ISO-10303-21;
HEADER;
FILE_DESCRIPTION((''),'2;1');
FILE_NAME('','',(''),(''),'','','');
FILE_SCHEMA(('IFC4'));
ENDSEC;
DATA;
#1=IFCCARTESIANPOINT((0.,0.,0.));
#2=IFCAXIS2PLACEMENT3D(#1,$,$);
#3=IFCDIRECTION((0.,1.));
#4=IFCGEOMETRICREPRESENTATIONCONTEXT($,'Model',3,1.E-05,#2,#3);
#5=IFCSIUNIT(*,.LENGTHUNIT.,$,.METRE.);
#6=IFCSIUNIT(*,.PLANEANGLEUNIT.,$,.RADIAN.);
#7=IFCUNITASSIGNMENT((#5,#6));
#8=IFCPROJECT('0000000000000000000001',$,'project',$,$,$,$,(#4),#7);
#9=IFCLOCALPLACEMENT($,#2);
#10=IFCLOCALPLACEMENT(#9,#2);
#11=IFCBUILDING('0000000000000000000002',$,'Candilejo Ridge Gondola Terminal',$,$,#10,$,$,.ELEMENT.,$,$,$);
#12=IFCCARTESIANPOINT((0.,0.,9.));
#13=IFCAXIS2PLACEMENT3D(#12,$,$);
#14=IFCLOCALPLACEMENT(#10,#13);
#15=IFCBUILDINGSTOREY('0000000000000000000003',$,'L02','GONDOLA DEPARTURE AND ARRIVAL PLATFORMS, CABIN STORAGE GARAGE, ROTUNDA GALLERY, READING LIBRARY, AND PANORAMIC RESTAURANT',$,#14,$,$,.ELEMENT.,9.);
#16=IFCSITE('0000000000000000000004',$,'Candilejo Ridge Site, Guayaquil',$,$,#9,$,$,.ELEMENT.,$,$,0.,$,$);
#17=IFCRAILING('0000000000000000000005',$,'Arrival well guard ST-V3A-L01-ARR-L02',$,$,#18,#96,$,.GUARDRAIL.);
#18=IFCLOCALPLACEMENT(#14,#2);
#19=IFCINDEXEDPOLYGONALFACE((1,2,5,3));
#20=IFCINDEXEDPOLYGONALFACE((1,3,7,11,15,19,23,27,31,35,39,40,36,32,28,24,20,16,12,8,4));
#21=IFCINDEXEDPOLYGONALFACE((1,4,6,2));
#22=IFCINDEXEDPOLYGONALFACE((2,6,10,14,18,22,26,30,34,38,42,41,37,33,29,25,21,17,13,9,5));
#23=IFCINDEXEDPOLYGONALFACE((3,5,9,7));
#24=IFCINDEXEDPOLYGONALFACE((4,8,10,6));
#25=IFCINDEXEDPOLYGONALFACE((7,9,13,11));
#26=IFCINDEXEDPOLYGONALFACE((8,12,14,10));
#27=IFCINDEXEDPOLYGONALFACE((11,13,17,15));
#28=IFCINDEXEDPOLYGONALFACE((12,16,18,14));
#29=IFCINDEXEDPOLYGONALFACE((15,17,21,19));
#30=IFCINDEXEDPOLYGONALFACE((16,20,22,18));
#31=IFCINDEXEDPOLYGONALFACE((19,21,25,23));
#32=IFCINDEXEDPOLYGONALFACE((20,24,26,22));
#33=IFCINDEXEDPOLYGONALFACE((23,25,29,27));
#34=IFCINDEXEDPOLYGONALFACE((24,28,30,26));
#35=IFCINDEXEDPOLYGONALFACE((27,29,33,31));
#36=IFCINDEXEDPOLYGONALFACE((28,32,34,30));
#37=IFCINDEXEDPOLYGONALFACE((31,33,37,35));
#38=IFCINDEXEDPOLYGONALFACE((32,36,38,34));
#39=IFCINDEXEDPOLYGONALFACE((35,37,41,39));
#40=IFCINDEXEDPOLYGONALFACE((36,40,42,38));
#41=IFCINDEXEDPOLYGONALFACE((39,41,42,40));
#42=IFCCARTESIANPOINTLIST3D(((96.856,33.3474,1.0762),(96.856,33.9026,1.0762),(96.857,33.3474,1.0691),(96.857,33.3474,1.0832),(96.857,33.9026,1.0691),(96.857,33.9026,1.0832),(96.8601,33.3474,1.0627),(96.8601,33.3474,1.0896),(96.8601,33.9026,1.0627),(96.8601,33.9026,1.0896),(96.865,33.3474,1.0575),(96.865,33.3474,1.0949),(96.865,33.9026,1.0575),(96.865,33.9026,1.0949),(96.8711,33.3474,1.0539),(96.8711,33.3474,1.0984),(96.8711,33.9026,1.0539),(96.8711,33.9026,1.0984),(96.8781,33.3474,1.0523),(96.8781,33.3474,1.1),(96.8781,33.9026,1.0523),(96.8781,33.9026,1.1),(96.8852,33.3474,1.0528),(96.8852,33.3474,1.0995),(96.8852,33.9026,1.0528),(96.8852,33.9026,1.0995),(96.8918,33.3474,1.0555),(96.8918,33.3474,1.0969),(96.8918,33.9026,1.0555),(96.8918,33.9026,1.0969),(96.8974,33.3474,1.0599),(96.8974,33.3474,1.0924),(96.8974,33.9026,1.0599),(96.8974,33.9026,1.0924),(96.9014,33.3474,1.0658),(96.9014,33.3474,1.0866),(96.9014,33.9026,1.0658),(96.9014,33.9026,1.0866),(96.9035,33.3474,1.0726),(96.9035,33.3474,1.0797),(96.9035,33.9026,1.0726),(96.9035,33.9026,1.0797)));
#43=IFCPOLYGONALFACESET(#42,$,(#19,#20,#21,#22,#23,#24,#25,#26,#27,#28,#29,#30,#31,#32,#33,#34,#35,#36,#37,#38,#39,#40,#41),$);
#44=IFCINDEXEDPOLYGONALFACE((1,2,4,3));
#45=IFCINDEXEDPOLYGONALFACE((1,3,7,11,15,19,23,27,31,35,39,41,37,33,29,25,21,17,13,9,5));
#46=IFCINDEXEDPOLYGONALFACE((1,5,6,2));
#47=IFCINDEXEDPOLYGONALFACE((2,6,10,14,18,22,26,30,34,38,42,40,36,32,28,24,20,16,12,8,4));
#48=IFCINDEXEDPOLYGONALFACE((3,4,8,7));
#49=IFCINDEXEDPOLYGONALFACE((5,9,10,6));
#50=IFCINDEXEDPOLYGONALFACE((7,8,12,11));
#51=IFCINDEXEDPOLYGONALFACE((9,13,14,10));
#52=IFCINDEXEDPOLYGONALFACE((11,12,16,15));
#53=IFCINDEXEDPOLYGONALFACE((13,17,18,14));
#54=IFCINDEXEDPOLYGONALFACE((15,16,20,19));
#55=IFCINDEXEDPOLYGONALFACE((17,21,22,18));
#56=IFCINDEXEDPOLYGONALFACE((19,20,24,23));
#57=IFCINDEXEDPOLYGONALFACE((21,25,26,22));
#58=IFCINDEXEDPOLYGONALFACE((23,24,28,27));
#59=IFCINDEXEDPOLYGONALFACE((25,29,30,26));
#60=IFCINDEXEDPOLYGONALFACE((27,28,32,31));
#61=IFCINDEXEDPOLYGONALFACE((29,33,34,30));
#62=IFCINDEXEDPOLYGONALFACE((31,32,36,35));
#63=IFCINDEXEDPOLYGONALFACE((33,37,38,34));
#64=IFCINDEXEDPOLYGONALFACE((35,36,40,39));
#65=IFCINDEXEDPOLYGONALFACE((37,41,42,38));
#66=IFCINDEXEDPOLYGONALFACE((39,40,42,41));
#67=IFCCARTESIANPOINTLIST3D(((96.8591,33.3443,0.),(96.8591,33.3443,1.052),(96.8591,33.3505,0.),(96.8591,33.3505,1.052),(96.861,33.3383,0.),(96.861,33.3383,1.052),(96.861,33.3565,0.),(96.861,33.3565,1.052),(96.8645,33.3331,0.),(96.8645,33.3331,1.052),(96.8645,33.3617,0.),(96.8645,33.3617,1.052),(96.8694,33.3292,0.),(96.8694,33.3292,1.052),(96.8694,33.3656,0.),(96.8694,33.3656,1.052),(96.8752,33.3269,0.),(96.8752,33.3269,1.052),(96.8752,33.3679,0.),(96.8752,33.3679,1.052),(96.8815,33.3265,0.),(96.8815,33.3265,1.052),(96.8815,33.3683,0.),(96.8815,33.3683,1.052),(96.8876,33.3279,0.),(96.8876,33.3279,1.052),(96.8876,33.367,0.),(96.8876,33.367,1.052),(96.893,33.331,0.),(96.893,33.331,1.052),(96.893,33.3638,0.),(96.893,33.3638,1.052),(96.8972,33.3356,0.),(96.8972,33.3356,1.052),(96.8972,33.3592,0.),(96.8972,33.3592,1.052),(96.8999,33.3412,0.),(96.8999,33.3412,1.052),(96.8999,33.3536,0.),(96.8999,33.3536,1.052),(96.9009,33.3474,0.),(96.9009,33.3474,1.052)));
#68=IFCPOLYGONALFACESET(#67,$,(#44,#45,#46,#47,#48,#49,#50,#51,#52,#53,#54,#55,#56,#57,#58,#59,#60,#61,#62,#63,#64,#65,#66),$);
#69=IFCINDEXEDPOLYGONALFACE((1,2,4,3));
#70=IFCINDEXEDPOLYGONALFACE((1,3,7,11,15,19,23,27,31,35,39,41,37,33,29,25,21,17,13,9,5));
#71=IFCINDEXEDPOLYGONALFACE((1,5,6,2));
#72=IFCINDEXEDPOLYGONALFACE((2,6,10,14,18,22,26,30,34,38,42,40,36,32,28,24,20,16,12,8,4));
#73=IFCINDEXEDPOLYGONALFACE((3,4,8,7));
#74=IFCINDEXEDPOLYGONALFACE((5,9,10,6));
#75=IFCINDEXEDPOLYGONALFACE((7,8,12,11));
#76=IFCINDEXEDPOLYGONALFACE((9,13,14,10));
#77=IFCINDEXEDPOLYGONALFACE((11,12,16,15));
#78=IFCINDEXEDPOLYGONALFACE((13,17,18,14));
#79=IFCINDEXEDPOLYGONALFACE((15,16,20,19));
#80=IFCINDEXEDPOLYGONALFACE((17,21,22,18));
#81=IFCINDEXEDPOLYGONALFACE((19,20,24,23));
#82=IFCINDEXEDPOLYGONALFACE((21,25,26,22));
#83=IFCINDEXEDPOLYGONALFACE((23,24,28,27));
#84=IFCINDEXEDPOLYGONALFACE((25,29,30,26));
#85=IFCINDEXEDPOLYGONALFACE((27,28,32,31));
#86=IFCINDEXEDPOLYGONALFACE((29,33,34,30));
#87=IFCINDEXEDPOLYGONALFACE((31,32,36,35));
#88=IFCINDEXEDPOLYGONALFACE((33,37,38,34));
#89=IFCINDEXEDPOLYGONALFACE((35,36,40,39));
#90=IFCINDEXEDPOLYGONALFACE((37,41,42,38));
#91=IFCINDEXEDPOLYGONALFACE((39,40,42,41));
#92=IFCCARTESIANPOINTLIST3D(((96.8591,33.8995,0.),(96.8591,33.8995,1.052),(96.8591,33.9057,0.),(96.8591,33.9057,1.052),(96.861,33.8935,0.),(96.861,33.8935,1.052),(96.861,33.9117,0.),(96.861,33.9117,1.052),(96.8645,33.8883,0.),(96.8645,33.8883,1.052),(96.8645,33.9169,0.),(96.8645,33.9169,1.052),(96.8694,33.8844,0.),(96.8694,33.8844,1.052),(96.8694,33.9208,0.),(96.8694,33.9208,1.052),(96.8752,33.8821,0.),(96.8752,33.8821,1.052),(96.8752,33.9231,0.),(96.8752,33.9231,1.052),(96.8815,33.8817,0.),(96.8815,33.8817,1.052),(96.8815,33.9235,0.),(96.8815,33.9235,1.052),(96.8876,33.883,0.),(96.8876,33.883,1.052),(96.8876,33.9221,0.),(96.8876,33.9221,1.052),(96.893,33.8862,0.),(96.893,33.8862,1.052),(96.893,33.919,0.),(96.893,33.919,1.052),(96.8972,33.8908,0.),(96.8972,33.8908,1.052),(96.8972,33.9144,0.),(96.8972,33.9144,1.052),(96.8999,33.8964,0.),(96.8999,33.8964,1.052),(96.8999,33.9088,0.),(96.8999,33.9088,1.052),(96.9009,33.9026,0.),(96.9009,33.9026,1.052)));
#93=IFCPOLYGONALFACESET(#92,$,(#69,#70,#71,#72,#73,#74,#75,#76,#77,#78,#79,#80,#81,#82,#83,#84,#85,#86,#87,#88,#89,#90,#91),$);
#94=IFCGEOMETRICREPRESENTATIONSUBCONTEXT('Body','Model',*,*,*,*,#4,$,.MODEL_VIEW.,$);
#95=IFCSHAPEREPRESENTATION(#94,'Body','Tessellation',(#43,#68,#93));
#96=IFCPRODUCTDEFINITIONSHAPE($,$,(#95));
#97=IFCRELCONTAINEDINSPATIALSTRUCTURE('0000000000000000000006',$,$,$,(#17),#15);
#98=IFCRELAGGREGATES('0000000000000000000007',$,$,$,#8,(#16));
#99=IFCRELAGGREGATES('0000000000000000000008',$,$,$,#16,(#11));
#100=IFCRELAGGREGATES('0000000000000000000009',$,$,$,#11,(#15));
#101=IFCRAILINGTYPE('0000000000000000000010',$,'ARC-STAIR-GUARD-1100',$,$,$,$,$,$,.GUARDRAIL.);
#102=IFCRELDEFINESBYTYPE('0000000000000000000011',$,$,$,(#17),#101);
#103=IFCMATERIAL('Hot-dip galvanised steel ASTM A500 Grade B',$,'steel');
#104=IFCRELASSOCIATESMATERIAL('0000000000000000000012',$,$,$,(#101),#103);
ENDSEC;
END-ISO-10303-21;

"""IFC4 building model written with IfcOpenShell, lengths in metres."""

from ifc_helpers import new_model, si_unit, direction, frame, origin, origin_2d, place, context, subcontext, project, spatial, circle, extrude, material, type_object, element, save


model = new_model("IFC4")

# Units and contexts
model_context = context("Model", 3, precision=1e-05, world=origin(), true_north=direction((0.0, 1.0)))
body_context = subcontext(model_context, "Body", "Model", "MODEL_VIEW")
ifc_project = project(units=[si_unit("LENGTHUNIT", "METRE"), si_unit("PLANEANGLEUNIT", "RADIAN")], contexts=[model_context])

# Site, building, storey
site_placement = place(None, origin())
site = spatial("IfcSite", under=ifc_project, at=site_placement, Name="Candilejo Ridge Site, Guayaquil", CompositionType="ELEMENT", RefElevation=0.0)
building_placement = place(site_placement, origin())
building = spatial("IfcBuilding", under=site, at=building_placement, Name="Candilejo Ridge Gondola Terminal", CompositionType="ELEMENT")
storey_placement = place(building_placement, frame((0.0, 0.0, 9.0)))
storey = spatial("IfcBuildingStorey", under=building, at=storey_placement, Name="L02", Description="GONDOLA DEPARTURE AND ARRIVAL PLATFORMS, CABIN STORAGE GARAGE, ROTUNDA GALLERY, READING LIBRARY, AND PANORAMIC RESTAURANT", CompositionType="ELEMENT", Elevation=9.0)

# Railing
ifc_material_1 = material(Name="Hot-dip galvanised steel ASTM A500 Grade B", Category="steel")
railing_type_1 = type_object("IfcRailingType", Name="ARC-STAIR-GUARD-1100", PredefinedType="GUARDRAIL", material=ifc_material_1)
railing_1_placement = place(storey_placement, frame((96.8799, 33.3474, 0.0)))
element("IfcRailing", 1, at=railing_1_placement, inside=storey, type_object=railing_type_1, Name="Arrival well guard ST-V3A-L01-ARR-L02", PredefinedType="GUARDRAIL", context=body_context, shape_type="SweptSolid", body=[
    extrude(circle(Radius=0.0239, at=origin_2d()), frame((0.0, 0.0, 1.0762), z_axis=(0.0, 1.0, 0.0), x_axis=(-1.0, 0.0, 0.0)), (0.0, 0.0, 1.0), 0.5552),
    extrude(circle(Radius=0.021, at=origin_2d()), origin(), (0.0, 0.0, 1.0), 1.052),
    extrude(circle(Radius=0.021, at=origin_2d()), frame((0.0, 0.5552, 0.0)), (0.0, 0.0, 1.0), 1.052),
])

save(model, "model.ifc")
